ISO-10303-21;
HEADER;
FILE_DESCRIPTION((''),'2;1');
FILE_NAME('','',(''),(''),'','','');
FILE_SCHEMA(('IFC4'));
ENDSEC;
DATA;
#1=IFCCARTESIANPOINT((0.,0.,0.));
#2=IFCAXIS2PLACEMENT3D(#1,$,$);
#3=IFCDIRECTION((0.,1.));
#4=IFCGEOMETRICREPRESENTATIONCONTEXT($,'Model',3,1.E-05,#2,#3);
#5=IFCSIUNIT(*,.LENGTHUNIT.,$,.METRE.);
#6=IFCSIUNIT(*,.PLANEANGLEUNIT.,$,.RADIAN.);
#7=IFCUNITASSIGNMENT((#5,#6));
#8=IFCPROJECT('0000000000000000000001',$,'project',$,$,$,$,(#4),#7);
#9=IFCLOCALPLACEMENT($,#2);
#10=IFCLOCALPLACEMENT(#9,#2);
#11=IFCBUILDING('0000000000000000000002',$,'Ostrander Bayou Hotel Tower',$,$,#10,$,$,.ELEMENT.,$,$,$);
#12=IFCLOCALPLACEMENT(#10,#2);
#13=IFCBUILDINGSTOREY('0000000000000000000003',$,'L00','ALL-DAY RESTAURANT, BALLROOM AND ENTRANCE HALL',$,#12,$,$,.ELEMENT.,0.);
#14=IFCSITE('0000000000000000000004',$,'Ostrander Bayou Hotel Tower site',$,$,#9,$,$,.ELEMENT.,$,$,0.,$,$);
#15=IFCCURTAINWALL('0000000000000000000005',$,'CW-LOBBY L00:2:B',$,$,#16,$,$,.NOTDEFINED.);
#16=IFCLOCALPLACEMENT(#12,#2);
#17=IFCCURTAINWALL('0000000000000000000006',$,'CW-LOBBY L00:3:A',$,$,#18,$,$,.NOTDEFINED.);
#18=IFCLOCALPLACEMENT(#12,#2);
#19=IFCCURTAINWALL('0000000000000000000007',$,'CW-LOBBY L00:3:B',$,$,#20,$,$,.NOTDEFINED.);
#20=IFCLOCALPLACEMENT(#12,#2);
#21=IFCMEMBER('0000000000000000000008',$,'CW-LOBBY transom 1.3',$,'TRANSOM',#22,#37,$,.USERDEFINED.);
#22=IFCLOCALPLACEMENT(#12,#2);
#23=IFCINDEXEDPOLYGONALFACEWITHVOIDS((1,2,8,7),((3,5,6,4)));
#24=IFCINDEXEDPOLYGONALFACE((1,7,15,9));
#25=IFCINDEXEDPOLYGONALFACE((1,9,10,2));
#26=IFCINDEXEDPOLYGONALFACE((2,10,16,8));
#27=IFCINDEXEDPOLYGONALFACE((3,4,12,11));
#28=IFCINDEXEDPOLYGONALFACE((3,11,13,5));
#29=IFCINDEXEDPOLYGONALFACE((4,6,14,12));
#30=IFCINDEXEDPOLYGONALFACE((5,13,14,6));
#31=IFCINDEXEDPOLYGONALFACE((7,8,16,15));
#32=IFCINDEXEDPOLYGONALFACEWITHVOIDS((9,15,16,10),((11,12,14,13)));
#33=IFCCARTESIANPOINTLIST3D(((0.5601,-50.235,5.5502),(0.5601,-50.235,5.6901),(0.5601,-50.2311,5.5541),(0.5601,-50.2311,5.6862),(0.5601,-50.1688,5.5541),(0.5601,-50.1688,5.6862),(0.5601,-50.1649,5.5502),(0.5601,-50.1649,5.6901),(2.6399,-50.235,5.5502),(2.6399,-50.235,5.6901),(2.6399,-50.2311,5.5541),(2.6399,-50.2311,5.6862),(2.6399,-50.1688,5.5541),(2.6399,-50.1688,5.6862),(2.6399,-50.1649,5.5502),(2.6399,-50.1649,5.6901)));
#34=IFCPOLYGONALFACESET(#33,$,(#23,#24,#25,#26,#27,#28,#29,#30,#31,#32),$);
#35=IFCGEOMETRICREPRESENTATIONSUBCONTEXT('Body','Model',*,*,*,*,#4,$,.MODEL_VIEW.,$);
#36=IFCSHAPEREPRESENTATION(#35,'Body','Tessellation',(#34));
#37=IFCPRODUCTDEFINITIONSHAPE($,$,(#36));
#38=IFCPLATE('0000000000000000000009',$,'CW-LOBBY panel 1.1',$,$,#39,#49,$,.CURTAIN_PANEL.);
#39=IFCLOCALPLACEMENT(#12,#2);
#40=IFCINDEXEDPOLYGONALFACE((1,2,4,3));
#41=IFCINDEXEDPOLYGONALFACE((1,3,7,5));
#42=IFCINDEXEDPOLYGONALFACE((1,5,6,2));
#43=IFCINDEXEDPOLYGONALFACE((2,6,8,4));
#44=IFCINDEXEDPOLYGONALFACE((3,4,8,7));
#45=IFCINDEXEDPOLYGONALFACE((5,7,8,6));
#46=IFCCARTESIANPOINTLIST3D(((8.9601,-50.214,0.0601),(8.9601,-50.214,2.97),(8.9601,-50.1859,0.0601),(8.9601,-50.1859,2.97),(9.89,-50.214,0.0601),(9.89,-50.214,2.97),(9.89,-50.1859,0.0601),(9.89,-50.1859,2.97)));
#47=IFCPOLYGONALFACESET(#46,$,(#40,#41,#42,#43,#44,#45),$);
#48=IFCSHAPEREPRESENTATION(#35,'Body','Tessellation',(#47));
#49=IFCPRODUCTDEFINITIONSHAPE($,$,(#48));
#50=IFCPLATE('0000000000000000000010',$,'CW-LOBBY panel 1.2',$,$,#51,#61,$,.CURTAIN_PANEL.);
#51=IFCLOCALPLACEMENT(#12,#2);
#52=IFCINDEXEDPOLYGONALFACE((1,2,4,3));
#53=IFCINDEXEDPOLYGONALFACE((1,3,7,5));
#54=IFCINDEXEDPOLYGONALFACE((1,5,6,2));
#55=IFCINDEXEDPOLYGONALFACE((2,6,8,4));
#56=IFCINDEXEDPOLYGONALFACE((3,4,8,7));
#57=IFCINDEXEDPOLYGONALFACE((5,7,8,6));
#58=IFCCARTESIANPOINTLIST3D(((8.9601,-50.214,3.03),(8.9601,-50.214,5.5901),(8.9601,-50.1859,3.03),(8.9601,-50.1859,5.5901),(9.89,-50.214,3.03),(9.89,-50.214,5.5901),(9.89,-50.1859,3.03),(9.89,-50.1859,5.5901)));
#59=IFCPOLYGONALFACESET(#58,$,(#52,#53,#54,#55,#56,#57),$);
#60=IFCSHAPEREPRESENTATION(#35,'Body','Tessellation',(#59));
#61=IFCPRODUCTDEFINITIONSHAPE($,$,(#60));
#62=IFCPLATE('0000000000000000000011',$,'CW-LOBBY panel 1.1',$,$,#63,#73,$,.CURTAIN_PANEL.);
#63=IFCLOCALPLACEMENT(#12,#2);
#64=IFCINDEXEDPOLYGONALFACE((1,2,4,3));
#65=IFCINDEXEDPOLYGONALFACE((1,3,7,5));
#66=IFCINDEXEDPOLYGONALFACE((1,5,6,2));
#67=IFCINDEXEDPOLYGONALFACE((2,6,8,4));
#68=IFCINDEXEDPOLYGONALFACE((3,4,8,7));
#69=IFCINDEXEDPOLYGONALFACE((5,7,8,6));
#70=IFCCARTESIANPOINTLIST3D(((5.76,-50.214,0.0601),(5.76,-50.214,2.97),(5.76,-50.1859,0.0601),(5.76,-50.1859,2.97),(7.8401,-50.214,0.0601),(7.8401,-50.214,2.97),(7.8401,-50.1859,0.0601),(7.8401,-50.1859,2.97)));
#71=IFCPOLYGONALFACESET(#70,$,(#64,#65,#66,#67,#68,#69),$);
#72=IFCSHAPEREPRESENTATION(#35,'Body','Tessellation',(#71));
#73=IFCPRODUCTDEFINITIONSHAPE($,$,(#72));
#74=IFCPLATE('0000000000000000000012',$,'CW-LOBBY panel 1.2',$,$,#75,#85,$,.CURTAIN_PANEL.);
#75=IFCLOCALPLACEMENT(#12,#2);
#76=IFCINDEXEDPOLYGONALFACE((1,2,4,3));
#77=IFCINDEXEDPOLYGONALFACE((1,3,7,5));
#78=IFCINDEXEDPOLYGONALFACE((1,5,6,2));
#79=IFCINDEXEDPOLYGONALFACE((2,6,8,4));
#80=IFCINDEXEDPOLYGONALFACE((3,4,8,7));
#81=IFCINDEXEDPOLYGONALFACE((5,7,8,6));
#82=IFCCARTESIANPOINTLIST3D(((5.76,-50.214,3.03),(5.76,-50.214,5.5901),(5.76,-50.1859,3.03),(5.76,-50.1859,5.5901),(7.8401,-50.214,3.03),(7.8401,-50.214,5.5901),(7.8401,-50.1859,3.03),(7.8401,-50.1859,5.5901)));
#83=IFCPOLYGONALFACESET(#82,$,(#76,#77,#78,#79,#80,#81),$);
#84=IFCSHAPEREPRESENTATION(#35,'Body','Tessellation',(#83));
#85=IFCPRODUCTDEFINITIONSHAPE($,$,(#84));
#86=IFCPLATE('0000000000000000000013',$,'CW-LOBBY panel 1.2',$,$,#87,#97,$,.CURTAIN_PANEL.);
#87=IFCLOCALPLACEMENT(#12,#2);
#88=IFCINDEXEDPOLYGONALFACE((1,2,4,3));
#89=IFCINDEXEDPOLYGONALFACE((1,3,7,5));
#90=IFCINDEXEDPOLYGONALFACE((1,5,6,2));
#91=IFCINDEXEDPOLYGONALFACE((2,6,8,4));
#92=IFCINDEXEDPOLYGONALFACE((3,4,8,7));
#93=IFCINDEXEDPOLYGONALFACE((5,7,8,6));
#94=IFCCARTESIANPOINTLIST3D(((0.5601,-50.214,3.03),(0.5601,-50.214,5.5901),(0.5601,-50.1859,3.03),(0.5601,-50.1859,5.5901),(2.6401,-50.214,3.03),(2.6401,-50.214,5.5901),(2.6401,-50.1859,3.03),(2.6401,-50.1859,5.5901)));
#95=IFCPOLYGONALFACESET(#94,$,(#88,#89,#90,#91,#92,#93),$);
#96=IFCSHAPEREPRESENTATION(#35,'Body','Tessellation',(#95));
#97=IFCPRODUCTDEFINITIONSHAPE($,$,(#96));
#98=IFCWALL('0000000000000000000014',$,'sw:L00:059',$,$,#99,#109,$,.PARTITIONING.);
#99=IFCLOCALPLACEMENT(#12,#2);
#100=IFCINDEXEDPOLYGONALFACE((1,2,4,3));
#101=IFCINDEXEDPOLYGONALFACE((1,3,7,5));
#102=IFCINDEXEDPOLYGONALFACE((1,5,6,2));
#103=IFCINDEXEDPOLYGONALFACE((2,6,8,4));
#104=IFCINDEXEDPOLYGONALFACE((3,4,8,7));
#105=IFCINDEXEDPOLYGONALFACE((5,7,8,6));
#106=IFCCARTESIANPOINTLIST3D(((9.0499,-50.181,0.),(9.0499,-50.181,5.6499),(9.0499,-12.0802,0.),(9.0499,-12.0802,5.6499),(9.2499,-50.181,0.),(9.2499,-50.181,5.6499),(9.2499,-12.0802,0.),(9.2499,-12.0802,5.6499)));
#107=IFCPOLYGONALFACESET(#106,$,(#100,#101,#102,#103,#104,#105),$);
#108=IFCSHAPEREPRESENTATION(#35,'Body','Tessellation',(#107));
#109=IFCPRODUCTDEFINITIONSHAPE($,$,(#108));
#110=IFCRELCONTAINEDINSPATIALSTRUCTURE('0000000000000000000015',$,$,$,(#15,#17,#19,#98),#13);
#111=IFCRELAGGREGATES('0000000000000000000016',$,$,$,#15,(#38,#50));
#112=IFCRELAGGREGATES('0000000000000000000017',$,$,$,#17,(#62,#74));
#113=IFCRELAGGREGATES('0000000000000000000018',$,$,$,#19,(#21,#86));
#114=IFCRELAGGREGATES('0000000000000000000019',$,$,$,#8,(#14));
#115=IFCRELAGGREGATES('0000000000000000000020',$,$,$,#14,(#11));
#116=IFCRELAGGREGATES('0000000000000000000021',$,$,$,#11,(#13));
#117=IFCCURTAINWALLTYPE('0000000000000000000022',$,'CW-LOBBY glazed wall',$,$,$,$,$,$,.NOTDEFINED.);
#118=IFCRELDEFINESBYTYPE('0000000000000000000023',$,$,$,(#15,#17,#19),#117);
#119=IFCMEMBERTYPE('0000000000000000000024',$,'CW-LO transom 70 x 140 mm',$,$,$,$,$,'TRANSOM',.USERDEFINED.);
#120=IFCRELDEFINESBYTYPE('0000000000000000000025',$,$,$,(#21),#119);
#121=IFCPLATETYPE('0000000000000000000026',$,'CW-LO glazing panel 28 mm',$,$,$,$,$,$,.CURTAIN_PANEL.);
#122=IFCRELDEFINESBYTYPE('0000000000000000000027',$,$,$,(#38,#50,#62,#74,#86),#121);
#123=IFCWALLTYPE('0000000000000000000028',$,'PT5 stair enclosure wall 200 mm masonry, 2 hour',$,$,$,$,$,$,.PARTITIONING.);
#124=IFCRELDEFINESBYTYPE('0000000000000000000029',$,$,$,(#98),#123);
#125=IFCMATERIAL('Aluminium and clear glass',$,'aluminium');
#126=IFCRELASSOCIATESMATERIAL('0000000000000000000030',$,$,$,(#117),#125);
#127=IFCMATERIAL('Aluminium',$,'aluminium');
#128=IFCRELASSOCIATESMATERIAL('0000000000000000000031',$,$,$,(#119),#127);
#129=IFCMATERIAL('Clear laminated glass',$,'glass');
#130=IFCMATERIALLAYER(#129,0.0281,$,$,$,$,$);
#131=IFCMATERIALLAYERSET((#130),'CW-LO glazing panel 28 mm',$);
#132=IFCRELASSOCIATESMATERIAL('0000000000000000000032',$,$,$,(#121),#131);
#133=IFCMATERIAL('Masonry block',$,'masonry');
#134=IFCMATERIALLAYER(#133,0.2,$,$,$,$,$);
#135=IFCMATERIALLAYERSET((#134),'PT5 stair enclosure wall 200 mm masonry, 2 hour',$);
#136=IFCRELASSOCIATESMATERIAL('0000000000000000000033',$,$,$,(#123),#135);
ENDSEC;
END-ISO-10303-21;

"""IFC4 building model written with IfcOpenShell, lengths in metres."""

from ifc_helpers import new_model, si_unit, direction, frame, frame_2d, origin, origin_2d, place, context, subcontext, project, spatial, rectangle, hollow_rectangle, extrude, material, layer, layer_set, material_profile, profile_set, type_object, element, aggregate, save


model = new_model("IFC4")

# Units and contexts
model_context = context("Model", 3, precision=1e-05, world=origin(), true_north=direction((0.0, 1.0)))
body_context = subcontext(model_context, "Body", "Model", "MODEL_VIEW")
ifc_project = project(units=[si_unit("LENGTHUNIT", "METRE"), si_unit("PLANEANGLEUNIT", "RADIAN")], contexts=[model_context])

# Site, building, storey
site_placement = place(None, origin())
site = spatial("IfcSite", under=ifc_project, at=site_placement, Name="Ostrander Bayou Hotel Tower site", CompositionType="ELEMENT", RefElevation=0.0)
building_placement = place(site_placement, origin())
building = spatial("IfcBuilding", under=site, at=building_placement, Name="Ostrander Bayou Hotel Tower", CompositionType="ELEMENT")
storey_placement = place(building_placement, origin())
storey = spatial("IfcBuildingStorey", under=building, at=storey_placement, Name="L00", Description="ALL-DAY RESTAURANT, BALLROOM AND ENTRANCE HALL", CompositionType="ELEMENT", Elevation=0.0)

# Curtain wall
ifc_material_1 = material(Name="Aluminium and clear glass", Category="aluminium")
curtain_wall_type = type_object("IfcCurtainWallType", Name="CW-LOBBY glazed wall", PredefinedType="NOTDEFINED", material=ifc_material_1)
curtain_wall_1_placement = place(storey_placement, origin())
curtain_wall_1 = element("IfcCurtainWall", 1, at=curtain_wall_1_placement, inside=storey, type_object=curtain_wall_type, Name="CW-LOBBY L00:2:B", PredefinedType="NOTDEFINED")

# Curtain wall
curtain_wall_2_placement = place(storey_placement, origin())
curtain_wall_2 = element("IfcCurtainWall", 2, at=curtain_wall_2_placement, inside=storey, type_object=curtain_wall_type, Name="CW-LOBBY L00:3:A", PredefinedType="NOTDEFINED")

# Curtain wall
curtain_wall_3_placement = place(storey_placement, origin())
curtain_wall_3 = element("IfcCurtainWall", 3, at=curtain_wall_3_placement, inside=storey, type_object=curtain_wall_type, Name="CW-LOBBY L00:3:B", PredefinedType="NOTDEFINED")

# Member
ifc_material_2 = material(Name="Aluminium", Category="aluminium")
ifc_material_profile_1 = material_profile(ifc_material_2, hollow_rectangle(XDim=0.0701, YDim=0.1399, WallThickness=0.0039, at=origin_2d()))
ifc_profile_set_1 = profile_set([ifc_material_profile_1], Name="Aluminium")
member_type_1 = type_object("IfcMemberType", Name="CW-LO transom 70 x 140 mm", ElementType="TRANSOM", PredefinedType="USERDEFINED", material=ifc_profile_set_1)
member_1_placement = place(storey_placement, frame((2.6399, -50.2, 5.6201), z_axis=(-1.0, 0.0, 0.0), x_axis=(0.0, -1.0, 0.0)))
member_1 = element("IfcMember", 4, at=member_1_placement, type_object=member_type_1, Name="CW-LOBBY transom 1.3", ObjectType="TRANSOM", PredefinedType="USERDEFINED", context=body_context, shape_type="SweptSolid", body=[
    extrude(hollow_rectangle(XDim=0.0701, YDim=0.1399, WallThickness=0.0039, at=origin_2d()), origin(), (0.0, 0.0, 1.0), 2.0798),
])

# Plates
ifc_material_3 = material(Name="Clear laminated glass", Category="glass")
ifc_layer_1 = layer(ifc_material_3, 0.0281)
ifc_layer_set_1 = layer_set([ifc_layer_1], Name="CW-LO glazing panel 28 mm")
plate_type = type_object("IfcPlateType", Name="CW-LO glazing panel 28 mm", PredefinedType="CURTAIN_PANEL", material=ifc_layer_set_1)
plate_1_placement = place(storey_placement, frame((9.425, -50.2, 0.0601), z_axis=(0.0, 0.0, 1.0), x_axis=(-1.0, 0.0, 0.0)))
plate_1 = element("IfcPlate", 5, at=plate_1_placement, type_object=plate_type, Name="CW-LOBBY panel 1.1", PredefinedType="CURTAIN_PANEL", context=body_context, shape_type="SweptSolid", body=[
    extrude(rectangle(XDim=0.9299, YDim=0.0281, at=origin_2d()), origin(), (0.0, 0.0, 1.0), 2.9099),
])
plate_2_placement = place(storey_placement, frame((9.425, -50.2, 3.03), z_axis=(0.0, 0.0, 1.0), x_axis=(-1.0, 0.0, 0.0)))
plate_2 = element("IfcPlate", 6, at=plate_2_placement, type_object=plate_type, Name="CW-LOBBY panel 1.2", PredefinedType="CURTAIN_PANEL", context=body_context, shape_type="SweptSolid", body=[
    extrude(rectangle(XDim=0.9299, YDim=0.0281, at=origin_2d()), origin(), (0.0, 0.0, 1.0), 2.5601),
])
aggregate(curtain_wall_1, [plate_1, plate_2])
plate_3_placement = place(storey_placement, frame((6.8, -50.2, 0.0601), z_axis=(0.0, 0.0, 1.0), x_axis=(-1.0, 0.0, 0.0)))
plate_3 = element("IfcPlate", 7, at=plate_3_placement, type_object=plate_type, Name="CW-LOBBY panel 1.1", PredefinedType="CURTAIN_PANEL", context=body_context, shape_type="SweptSolid", body=[
    extrude(rectangle(XDim=2.0801, YDim=0.0281, at=origin_2d()), origin(), (0.0, 0.0, 1.0), 2.9099),
])
plate_4_placement = place(storey_placement, frame((6.8, -50.2, 3.03), z_axis=(0.0, 0.0, 1.0), x_axis=(-1.0, 0.0, 0.0)))
plate_4 = element("IfcPlate", 8, at=plate_4_placement, type_object=plate_type, Name="CW-LOBBY panel 1.2", PredefinedType="CURTAIN_PANEL", context=body_context, shape_type="SweptSolid", body=[
    extrude(rectangle(XDim=2.0801, YDim=0.0281, at=origin_2d()), origin(), (0.0, 0.0, 1.0), 2.5601),
])
aggregate(curtain_wall_2, [plate_3, plate_4])
plate_5_placement = place(storey_placement, frame((1.6001, -50.2, 3.03), z_axis=(0.0, 0.0, 1.0), x_axis=(-1.0, 0.0, 0.0)))
plate_5 = element("IfcPlate", 9, at=plate_5_placement, type_object=plate_type, Name="CW-LOBBY panel 1.2", PredefinedType="CURTAIN_PANEL", context=body_context, shape_type="SweptSolid", body=[
    extrude(rectangle(XDim=2.0801, YDim=0.0281, at=origin_2d()), origin(), (0.0, 0.0, 1.0), 2.5601),
])
aggregate(curtain_wall_3, [member_1, plate_5])

# Wall
ifc_material_4 = material(Name="Masonry block", Category="masonry")
ifc_layer_2 = layer(ifc_material_4, 0.2)
ifc_layer_set_2 = layer_set([ifc_layer_2], Name="PT5 stair enclosure wall 200 mm masonry, 2 hour")
wall_type_1 = type_object("IfcWallType", Name="PT5 stair enclosure wall 200 mm masonry, 2 hour", PredefinedType="PARTITIONING", material=ifc_layer_set_2)
wall_1_placement = place(storey_placement, frame((9.1499, -50.1809, 0.0), z_axis=(0.0, 0.0, 1.0), x_axis=(0.0, 1.0, 0.0)))
element("IfcWall", 10, at=wall_1_placement, inside=storey, type_object=wall_type_1, Name="sw:L00:059", PredefinedType="PARTITIONING", context=body_context, shape_type="SweptSolid", body=[
    extrude(rectangle(XDim=38.1008, YDim=0.2, at=frame_2d((19.0503, 0.0))), origin(), (0.0, 0.0, 1.0), 5.6499),
])

save(model, "model.ifc")
